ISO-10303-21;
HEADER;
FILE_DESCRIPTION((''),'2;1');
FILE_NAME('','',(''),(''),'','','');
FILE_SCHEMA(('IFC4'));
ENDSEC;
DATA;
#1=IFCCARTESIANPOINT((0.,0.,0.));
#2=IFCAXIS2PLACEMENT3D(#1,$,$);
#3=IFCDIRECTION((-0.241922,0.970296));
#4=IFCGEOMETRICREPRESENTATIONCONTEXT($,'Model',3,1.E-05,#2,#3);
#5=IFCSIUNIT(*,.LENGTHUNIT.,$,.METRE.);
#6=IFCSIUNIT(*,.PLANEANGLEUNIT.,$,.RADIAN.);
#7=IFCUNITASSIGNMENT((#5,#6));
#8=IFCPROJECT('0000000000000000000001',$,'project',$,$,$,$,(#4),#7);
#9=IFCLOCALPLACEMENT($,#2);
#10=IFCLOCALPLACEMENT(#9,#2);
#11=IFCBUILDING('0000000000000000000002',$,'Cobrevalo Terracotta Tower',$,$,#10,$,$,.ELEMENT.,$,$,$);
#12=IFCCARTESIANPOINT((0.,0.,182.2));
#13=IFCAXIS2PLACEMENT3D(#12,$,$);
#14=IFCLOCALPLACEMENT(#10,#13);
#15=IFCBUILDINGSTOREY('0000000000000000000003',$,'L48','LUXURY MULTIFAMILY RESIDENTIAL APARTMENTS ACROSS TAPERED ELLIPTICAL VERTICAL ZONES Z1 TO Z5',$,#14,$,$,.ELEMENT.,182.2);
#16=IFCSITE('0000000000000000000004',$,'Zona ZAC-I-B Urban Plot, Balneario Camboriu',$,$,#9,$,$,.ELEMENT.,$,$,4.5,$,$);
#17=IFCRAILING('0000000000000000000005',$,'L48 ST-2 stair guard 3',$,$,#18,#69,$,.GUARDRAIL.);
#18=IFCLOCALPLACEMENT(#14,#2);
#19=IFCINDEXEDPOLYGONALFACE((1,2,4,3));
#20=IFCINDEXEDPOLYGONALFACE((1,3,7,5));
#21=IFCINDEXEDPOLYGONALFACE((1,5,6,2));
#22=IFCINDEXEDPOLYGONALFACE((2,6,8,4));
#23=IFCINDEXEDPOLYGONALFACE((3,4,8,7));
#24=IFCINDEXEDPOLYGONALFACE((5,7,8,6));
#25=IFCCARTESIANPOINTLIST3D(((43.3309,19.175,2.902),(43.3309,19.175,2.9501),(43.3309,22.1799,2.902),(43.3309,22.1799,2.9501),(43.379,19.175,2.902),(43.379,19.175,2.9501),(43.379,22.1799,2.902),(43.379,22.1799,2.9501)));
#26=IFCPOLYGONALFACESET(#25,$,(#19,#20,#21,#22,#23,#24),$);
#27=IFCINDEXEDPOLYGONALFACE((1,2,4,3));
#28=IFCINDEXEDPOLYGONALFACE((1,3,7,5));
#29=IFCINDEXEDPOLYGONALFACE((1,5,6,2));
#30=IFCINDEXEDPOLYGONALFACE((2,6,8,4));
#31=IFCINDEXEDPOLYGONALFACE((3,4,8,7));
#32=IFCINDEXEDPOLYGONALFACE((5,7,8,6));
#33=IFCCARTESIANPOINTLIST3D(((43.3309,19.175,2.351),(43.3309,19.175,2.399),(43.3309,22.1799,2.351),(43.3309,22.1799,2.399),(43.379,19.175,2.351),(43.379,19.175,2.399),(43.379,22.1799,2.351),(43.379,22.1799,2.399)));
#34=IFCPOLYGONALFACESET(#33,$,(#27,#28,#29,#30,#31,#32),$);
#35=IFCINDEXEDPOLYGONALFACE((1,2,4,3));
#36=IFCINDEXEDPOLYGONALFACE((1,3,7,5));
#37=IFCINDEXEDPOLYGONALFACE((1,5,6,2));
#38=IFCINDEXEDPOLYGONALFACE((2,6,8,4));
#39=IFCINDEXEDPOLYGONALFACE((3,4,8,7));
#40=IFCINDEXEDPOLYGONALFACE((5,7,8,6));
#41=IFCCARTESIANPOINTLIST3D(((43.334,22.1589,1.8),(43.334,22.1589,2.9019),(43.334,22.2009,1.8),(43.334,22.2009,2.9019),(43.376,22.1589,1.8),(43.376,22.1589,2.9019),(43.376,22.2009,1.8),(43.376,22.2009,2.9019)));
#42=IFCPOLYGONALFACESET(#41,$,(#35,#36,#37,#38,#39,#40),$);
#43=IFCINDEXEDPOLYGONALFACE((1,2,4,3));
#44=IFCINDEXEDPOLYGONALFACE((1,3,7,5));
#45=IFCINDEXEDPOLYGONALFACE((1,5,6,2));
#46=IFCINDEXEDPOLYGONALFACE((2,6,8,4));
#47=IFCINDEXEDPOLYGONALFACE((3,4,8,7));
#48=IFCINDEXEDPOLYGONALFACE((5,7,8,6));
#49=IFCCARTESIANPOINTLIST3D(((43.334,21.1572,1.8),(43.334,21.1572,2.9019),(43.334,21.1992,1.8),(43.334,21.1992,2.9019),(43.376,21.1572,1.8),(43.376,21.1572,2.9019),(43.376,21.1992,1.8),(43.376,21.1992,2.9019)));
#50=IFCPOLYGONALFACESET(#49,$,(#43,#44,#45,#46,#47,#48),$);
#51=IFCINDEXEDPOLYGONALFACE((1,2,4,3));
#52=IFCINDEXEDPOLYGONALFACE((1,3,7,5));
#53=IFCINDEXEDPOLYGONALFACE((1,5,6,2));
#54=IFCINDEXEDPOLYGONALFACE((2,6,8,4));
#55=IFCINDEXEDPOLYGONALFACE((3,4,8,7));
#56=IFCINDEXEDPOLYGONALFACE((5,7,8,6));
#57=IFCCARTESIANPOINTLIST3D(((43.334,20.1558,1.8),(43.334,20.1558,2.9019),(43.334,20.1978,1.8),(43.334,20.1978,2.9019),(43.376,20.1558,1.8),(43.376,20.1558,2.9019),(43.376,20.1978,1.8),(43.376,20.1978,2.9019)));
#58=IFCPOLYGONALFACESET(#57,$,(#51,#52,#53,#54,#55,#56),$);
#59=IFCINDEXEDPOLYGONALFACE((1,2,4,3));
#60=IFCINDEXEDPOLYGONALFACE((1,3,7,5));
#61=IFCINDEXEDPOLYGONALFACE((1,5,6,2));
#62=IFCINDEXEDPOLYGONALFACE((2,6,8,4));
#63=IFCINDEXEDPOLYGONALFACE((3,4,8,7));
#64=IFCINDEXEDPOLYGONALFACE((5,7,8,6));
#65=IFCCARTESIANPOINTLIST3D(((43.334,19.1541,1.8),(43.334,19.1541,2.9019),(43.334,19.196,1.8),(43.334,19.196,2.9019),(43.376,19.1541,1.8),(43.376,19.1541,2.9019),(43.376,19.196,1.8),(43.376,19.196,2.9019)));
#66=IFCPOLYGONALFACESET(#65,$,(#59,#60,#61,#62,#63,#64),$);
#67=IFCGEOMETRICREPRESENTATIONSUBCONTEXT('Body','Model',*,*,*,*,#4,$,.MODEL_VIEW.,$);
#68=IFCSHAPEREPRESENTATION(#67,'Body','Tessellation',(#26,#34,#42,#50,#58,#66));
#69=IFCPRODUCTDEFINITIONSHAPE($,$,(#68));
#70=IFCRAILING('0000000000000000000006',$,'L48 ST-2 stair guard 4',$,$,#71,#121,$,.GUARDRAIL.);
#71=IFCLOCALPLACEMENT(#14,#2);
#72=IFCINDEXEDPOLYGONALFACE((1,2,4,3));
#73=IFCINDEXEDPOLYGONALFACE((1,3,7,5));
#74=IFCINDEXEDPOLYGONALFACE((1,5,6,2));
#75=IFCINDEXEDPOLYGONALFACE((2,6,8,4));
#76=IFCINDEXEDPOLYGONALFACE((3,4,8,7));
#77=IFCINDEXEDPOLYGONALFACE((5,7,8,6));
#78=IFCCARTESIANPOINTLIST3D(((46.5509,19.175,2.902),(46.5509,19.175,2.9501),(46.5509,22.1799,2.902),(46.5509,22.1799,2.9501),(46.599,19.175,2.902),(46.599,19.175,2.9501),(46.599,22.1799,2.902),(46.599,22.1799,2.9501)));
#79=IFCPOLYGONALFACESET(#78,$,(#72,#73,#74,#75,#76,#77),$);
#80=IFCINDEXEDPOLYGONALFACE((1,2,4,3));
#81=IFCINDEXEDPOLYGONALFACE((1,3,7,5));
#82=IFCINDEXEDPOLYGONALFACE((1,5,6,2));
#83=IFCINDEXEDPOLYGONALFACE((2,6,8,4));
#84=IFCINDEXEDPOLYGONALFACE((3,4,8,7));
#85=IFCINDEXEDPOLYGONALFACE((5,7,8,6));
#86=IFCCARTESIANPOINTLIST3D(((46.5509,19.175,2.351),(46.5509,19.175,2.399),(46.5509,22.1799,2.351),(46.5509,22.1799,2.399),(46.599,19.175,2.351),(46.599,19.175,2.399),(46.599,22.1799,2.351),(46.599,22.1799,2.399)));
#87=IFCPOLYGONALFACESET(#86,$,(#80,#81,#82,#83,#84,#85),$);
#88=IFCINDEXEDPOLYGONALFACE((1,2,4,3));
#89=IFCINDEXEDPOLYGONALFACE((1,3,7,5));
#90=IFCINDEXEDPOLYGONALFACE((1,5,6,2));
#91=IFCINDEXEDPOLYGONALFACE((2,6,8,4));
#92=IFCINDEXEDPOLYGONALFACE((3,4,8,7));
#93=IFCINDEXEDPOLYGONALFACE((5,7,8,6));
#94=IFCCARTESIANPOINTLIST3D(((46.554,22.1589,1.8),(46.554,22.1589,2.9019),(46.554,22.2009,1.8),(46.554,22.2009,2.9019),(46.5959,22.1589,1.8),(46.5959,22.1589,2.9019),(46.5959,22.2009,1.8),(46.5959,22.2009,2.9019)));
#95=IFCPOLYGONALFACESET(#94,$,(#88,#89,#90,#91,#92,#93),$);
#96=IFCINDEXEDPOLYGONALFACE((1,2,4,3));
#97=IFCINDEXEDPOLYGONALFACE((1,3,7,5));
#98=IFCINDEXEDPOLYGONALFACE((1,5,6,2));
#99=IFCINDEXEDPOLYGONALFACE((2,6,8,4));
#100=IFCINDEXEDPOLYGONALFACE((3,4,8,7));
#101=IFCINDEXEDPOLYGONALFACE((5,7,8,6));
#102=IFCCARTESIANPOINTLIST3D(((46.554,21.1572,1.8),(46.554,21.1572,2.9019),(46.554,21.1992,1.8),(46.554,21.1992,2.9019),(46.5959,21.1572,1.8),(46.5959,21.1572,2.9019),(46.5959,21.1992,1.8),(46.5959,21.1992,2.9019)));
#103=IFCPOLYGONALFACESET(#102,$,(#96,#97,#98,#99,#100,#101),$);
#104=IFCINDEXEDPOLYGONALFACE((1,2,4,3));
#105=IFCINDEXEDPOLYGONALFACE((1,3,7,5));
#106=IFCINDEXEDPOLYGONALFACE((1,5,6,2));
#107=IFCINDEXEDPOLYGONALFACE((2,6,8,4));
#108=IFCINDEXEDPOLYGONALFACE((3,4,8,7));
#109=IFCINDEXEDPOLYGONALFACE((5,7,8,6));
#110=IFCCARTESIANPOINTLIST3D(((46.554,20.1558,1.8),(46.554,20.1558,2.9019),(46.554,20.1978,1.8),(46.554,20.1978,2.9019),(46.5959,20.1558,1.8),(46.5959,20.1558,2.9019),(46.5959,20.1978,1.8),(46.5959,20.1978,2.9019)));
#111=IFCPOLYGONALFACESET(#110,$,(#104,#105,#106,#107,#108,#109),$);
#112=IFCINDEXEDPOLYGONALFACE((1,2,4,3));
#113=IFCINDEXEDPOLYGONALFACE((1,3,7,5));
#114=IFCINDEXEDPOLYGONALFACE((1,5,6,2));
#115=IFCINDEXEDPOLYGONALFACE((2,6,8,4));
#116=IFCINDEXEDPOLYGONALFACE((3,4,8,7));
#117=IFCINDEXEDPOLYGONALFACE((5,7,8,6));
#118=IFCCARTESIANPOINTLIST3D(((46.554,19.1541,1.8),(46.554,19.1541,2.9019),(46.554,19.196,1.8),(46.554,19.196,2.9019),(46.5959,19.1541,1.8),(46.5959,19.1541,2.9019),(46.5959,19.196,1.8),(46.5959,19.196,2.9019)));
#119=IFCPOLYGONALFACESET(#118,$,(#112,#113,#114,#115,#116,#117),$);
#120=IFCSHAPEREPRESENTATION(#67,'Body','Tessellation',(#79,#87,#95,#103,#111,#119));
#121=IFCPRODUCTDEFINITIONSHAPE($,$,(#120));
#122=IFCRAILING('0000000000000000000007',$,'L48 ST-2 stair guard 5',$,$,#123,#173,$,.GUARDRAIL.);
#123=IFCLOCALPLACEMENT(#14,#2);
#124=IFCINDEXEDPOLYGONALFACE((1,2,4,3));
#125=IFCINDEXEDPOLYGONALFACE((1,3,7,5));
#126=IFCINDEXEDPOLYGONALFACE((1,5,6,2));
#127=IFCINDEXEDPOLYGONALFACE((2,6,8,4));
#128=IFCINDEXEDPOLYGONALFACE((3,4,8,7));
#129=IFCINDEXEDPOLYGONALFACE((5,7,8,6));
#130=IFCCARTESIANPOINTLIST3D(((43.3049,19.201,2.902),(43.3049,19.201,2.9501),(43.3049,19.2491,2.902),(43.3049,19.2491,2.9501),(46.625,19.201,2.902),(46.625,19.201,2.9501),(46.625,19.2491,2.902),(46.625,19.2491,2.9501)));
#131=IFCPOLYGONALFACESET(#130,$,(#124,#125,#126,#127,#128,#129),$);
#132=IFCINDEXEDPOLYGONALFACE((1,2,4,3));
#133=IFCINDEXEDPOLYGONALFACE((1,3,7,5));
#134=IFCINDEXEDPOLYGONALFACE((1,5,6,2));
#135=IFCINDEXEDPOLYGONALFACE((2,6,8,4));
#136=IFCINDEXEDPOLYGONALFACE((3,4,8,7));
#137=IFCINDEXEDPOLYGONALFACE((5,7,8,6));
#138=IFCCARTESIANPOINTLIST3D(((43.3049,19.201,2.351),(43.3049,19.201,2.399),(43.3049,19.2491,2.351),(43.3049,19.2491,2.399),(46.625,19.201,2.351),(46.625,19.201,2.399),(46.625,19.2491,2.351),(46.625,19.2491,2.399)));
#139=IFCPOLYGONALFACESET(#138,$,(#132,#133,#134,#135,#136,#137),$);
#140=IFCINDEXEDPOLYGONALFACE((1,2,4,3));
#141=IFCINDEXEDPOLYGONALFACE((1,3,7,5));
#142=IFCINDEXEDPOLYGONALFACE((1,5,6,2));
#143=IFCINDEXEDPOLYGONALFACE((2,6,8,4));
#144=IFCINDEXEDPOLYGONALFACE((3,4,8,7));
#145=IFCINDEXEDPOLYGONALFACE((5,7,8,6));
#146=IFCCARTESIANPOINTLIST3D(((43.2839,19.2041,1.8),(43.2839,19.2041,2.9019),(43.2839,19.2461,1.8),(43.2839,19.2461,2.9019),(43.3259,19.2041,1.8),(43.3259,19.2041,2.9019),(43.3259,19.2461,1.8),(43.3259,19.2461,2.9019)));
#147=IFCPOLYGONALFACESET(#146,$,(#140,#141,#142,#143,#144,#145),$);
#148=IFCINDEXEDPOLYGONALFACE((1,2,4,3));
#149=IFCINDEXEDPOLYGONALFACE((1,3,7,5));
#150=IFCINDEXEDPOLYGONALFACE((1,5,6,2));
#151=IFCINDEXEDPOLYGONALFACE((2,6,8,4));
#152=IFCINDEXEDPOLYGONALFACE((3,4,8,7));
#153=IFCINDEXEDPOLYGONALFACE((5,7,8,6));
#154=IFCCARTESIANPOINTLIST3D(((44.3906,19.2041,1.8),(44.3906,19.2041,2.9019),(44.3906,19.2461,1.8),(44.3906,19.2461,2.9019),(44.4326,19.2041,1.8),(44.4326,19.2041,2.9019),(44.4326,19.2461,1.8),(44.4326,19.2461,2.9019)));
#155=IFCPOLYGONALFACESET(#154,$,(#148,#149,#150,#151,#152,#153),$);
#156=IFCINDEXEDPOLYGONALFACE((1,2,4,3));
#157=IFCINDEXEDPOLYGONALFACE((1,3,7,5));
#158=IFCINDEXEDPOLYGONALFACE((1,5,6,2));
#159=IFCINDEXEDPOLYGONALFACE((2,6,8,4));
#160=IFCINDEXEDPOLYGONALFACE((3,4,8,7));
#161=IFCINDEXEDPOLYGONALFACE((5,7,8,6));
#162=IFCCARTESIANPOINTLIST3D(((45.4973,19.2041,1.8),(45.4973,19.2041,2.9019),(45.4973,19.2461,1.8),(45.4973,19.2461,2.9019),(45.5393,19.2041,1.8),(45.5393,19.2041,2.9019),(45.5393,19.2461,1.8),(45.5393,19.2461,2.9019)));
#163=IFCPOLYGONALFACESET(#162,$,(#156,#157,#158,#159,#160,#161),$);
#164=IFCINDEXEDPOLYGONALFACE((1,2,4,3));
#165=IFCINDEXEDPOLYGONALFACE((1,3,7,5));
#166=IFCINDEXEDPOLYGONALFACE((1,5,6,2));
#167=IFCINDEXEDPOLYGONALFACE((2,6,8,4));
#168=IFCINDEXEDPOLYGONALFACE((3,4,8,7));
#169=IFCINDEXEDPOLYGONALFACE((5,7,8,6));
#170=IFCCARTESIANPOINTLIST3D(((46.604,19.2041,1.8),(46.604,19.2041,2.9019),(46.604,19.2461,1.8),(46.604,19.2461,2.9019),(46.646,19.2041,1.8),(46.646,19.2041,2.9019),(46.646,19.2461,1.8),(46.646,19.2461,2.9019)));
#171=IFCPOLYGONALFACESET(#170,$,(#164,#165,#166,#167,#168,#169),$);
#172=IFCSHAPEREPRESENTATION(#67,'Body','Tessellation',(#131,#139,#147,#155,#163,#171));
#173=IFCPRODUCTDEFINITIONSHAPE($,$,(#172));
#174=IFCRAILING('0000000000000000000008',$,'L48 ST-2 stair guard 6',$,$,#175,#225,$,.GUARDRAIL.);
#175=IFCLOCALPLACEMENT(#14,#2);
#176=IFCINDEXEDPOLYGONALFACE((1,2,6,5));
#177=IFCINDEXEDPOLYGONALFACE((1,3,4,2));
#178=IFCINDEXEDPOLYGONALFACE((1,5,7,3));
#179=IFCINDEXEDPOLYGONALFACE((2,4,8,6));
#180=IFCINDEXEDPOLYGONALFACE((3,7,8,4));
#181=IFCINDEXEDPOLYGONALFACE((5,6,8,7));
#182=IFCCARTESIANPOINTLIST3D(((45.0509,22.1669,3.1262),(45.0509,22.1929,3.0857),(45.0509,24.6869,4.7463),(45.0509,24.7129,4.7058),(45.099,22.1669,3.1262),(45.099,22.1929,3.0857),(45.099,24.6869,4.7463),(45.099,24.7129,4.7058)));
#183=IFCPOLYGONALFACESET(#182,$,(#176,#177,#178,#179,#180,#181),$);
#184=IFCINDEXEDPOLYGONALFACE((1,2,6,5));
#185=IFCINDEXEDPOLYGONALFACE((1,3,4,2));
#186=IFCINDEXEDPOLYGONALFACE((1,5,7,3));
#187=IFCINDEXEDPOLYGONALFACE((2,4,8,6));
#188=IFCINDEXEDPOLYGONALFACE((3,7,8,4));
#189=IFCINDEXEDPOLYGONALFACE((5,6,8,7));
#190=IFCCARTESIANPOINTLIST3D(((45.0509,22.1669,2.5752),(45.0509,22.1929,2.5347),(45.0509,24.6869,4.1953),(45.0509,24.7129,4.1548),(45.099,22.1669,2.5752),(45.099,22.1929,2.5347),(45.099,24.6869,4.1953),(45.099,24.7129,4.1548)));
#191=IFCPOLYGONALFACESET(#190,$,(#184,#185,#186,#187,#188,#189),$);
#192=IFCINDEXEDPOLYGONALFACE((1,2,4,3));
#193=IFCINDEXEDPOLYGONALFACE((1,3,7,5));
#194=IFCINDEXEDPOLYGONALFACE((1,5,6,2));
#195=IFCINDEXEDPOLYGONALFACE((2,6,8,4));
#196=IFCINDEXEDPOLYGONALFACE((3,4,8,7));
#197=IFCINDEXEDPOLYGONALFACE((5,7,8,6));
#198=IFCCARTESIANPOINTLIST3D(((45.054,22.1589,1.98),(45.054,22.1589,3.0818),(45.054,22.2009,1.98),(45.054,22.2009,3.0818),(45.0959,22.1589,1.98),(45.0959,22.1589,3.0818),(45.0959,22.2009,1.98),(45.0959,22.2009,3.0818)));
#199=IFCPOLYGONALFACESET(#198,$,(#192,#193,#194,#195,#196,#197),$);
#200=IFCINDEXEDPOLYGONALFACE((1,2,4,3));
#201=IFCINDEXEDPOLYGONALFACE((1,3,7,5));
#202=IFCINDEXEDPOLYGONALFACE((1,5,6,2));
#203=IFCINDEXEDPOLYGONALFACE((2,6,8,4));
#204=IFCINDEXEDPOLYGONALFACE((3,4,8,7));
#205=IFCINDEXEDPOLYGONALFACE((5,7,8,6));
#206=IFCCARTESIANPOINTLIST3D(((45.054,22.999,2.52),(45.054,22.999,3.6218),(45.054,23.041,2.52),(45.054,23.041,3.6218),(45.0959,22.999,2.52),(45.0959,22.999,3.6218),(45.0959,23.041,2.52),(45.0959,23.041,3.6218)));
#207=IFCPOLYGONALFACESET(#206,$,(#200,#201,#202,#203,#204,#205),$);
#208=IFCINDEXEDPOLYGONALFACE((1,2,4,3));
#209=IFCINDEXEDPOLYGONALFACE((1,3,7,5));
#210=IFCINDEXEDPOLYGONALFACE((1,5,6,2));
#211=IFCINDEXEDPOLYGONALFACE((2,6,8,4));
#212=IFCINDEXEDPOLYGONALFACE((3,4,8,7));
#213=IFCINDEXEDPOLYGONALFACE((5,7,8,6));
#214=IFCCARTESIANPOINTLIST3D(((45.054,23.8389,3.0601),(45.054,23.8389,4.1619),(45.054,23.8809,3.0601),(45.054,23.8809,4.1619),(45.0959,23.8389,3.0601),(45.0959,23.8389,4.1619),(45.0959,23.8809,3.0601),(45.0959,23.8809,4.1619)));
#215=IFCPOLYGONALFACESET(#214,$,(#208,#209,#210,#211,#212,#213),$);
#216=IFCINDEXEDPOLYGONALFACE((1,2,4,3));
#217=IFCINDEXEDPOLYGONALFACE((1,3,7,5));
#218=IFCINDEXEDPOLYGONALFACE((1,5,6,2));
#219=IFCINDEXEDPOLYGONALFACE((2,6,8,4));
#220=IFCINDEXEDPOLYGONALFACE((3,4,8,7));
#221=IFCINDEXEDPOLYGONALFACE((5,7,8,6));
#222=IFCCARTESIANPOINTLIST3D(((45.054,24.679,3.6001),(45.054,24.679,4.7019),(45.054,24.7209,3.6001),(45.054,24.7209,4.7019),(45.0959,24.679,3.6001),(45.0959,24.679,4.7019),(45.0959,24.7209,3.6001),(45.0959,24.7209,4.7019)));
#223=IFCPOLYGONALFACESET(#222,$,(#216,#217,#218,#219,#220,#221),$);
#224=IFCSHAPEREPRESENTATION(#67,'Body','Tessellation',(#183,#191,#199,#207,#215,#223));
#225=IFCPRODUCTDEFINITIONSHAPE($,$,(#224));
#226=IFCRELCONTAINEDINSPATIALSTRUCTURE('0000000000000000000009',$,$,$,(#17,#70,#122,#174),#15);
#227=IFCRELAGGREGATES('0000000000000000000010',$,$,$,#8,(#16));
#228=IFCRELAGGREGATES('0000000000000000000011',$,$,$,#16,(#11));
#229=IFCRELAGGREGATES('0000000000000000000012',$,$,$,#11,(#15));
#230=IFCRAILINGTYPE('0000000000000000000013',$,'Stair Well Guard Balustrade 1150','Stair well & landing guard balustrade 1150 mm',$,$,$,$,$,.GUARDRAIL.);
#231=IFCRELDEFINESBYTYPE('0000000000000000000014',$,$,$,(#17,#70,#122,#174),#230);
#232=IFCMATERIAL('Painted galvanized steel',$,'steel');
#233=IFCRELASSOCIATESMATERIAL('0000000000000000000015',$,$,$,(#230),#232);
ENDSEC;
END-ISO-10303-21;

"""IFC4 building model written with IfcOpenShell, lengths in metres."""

from ifc_helpers import new_model, si_unit, direction, frame, origin, origin_2d, place, context, subcontext, project, spatial, rectangle, extrude, material, type_object, element, save


model = new_model("IFC4")

# Units and contexts
model_context = context("Model", 3, precision=1e-05, world=origin(), true_north=direction((-0.241922, 0.970296)))
body_context = subcontext(model_context, "Body", "Model", "MODEL_VIEW")
ifc_project = project(units=[si_unit("LENGTHUNIT", "METRE"), si_unit("PLANEANGLEUNIT", "RADIAN")], contexts=[model_context])

# Site, building, storey
site_placement = place(None, origin())
site = spatial("IfcSite", under=ifc_project, at=site_placement, Name="Zona ZAC-I-B Urban Plot, Balneario Camboriu", CompositionType="ELEMENT", RefElevation=4.5)
building_placement = place(site_placement, origin())
building = spatial("IfcBuilding", under=site, at=building_placement, Name="Cobrevalo Terracotta Tower", CompositionType="ELEMENT")
storey_placement = place(building_placement, frame((0.0, 0.0, 182.2)))
storey = spatial("IfcBuildingStorey", under=building, at=storey_placement, Name="L48", Description="LUXURY MULTIFAMILY RESIDENTIAL APARTMENTS ACROSS TAPERED ELLIPTICAL VERTICAL ZONES Z1 TO Z5", CompositionType="ELEMENT", Elevation=182.2)

# Railings
ifc_material_1 = material(Name="Painted galvanized steel", Category="steel")
railing_type_1 = type_object("IfcRailingType", Name="Stair Well Guard Balustrade 1150", Description="Stair well & landing guard balustrade 1150 mm", PredefinedType="GUARDRAIL", material=ifc_material_1)
for number, where, name in (
    (1, (43.355, 22.1799, 1.8), "L48 ST-2 stair guard 3"),
    (2, (46.575, 22.1799, 1.8), "L48 ST-2 stair guard 4"),
):
    element("IfcRailing", number, at=place(storey_placement, frame(where)), inside=storey, type_object=railing_type_1, Name=name, PredefinedType="GUARDRAIL", context=body_context, shape_type="SweptSolid", body=[
        extrude(rectangle(XDim=0.0481, YDim=0.0481, at=origin_2d()), frame((0.0, 0.0, 1.126), z_axis=(0.0, -1.0, 0.0), x_axis=(1.0, 0.0, 0.0)), (0.0, 0.0, 1.0), 3.0049),
        extrude(rectangle(XDim=0.0481, YDim=0.0481, at=origin_2d()), frame((0.0, 0.0, 0.575), z_axis=(0.0, -1.0, 0.0), x_axis=(1.0, 0.0, 0.0)), (0.0, 0.0, 1.0), 3.0049),
        extrude(rectangle(XDim=0.042, YDim=0.042, at=origin_2d()), origin(), (0.0, 0.0, 1.0), 1.1018),
        extrude(rectangle(XDim=0.042, YDim=0.042, at=origin_2d()), frame((0.0, -1.0017, 0.0)), (0.0, 0.0, 1.0), 1.1018),
        extrude(rectangle(XDim=0.042, YDim=0.042, at=origin_2d()), frame((0.0, -2.0032, 0.0)), (0.0, 0.0, 1.0), 1.1018),
        extrude(rectangle(XDim=0.042, YDim=0.042, at=origin_2d()), frame((0.0, -3.0049, 0.0)), (0.0, 0.0, 1.0), 1.1018),
    ])
railing_1_placement = place(storey_placement, frame((43.3049, 19.2251, 1.8)))
element("IfcRailing", 3, at=railing_1_placement, inside=storey, type_object=railing_type_1, Name="L48 ST-2 stair guard 5", PredefinedType="GUARDRAIL", context=body_context, shape_type="SweptSolid", body=[
    extrude(rectangle(XDim=0.0481, YDim=0.0481, at=origin_2d()), frame((0.0, 0.0, 1.126), z_axis=(1.0, 0.0, 0.0), x_axis=(0.0, 1.0, 0.0)), (0.0, 0.0, 1.0), 3.3201),
    extrude(rectangle(XDim=0.0481, YDim=0.0481, at=origin_2d()), frame((0.0, 0.0, 0.575), z_axis=(1.0, 0.0, 0.0), x_axis=(0.0, 1.0, 0.0)), (0.0, 0.0, 1.0), 3.3201),
    extrude(rectangle(XDim=0.042, YDim=0.042, at=origin_2d()), origin(), (0.0, 0.0, 1.0), 1.1018),
    extrude(rectangle(XDim=0.042, YDim=0.042, at=origin_2d()), frame((1.1067, 0.0, 0.0)), (0.0, 0.0, 1.0), 1.1018),
    extrude(rectangle(XDim=0.042, YDim=0.042, at=origin_2d()), frame((2.2134, 0.0, 0.0)), (0.0, 0.0, 1.0), 1.1018),
    extrude(rectangle(XDim=0.042, YDim=0.042, at=origin_2d()), frame((3.3201, 0.0, 0.0)), (0.0, 0.0, 1.0), 1.1018),
])
railing_2_placement = place(storey_placement, frame((45.075, 22.1799, 1.98)))
element("IfcRailing", 4, at=railing_2_placement, inside=storey, type_object=railing_type_1, Name="L48 ST-2 stair guard 6", PredefinedType="GUARDRAIL", context=body_context, shape_type="SweptSolid", body=[
    extrude(rectangle(XDim=0.0481, YDim=0.0481, at=origin_2d()), frame((0.0, 0.0, 1.126), z_axis=(0.0, 0.841163, 0.540782), x_axis=(-1.0, 0.0, 0.0)), (0.0, 0.0, 1.0), 2.9958),
    extrude(rectangle(XDim=0.0481, YDim=0.0481, at=origin_2d()), frame((0.0, 0.0, 0.575), z_axis=(0.0, 0.841163, 0.540782), x_axis=(-1.0, 0.0, 0.0)), (0.0, 0.0, 1.0), 2.9958),
    extrude(rectangle(XDim=0.042, YDim=0.042, at=origin_2d()), origin(), (0.0, 0.0, 1.0), 1.1018),
    extrude(rectangle(XDim=0.042, YDim=0.042, at=origin_2d()), frame((0.0, 0.8401, 0.54)), (0.0, 0.0, 1.0), 1.1018),
    extrude(rectangle(XDim=0.042, YDim=0.042, at=origin_2d()), frame((0.0, 1.6799, 1.0801)), (0.0, 0.0, 1.0), 1.1018),
    extrude(rectangle(XDim=0.042, YDim=0.042, at=origin_2d()), frame((0.0, 2.52, 1.6201)), (0.0, 0.0, 1.0), 1.1018),
])

save(model, "model.ifc")
